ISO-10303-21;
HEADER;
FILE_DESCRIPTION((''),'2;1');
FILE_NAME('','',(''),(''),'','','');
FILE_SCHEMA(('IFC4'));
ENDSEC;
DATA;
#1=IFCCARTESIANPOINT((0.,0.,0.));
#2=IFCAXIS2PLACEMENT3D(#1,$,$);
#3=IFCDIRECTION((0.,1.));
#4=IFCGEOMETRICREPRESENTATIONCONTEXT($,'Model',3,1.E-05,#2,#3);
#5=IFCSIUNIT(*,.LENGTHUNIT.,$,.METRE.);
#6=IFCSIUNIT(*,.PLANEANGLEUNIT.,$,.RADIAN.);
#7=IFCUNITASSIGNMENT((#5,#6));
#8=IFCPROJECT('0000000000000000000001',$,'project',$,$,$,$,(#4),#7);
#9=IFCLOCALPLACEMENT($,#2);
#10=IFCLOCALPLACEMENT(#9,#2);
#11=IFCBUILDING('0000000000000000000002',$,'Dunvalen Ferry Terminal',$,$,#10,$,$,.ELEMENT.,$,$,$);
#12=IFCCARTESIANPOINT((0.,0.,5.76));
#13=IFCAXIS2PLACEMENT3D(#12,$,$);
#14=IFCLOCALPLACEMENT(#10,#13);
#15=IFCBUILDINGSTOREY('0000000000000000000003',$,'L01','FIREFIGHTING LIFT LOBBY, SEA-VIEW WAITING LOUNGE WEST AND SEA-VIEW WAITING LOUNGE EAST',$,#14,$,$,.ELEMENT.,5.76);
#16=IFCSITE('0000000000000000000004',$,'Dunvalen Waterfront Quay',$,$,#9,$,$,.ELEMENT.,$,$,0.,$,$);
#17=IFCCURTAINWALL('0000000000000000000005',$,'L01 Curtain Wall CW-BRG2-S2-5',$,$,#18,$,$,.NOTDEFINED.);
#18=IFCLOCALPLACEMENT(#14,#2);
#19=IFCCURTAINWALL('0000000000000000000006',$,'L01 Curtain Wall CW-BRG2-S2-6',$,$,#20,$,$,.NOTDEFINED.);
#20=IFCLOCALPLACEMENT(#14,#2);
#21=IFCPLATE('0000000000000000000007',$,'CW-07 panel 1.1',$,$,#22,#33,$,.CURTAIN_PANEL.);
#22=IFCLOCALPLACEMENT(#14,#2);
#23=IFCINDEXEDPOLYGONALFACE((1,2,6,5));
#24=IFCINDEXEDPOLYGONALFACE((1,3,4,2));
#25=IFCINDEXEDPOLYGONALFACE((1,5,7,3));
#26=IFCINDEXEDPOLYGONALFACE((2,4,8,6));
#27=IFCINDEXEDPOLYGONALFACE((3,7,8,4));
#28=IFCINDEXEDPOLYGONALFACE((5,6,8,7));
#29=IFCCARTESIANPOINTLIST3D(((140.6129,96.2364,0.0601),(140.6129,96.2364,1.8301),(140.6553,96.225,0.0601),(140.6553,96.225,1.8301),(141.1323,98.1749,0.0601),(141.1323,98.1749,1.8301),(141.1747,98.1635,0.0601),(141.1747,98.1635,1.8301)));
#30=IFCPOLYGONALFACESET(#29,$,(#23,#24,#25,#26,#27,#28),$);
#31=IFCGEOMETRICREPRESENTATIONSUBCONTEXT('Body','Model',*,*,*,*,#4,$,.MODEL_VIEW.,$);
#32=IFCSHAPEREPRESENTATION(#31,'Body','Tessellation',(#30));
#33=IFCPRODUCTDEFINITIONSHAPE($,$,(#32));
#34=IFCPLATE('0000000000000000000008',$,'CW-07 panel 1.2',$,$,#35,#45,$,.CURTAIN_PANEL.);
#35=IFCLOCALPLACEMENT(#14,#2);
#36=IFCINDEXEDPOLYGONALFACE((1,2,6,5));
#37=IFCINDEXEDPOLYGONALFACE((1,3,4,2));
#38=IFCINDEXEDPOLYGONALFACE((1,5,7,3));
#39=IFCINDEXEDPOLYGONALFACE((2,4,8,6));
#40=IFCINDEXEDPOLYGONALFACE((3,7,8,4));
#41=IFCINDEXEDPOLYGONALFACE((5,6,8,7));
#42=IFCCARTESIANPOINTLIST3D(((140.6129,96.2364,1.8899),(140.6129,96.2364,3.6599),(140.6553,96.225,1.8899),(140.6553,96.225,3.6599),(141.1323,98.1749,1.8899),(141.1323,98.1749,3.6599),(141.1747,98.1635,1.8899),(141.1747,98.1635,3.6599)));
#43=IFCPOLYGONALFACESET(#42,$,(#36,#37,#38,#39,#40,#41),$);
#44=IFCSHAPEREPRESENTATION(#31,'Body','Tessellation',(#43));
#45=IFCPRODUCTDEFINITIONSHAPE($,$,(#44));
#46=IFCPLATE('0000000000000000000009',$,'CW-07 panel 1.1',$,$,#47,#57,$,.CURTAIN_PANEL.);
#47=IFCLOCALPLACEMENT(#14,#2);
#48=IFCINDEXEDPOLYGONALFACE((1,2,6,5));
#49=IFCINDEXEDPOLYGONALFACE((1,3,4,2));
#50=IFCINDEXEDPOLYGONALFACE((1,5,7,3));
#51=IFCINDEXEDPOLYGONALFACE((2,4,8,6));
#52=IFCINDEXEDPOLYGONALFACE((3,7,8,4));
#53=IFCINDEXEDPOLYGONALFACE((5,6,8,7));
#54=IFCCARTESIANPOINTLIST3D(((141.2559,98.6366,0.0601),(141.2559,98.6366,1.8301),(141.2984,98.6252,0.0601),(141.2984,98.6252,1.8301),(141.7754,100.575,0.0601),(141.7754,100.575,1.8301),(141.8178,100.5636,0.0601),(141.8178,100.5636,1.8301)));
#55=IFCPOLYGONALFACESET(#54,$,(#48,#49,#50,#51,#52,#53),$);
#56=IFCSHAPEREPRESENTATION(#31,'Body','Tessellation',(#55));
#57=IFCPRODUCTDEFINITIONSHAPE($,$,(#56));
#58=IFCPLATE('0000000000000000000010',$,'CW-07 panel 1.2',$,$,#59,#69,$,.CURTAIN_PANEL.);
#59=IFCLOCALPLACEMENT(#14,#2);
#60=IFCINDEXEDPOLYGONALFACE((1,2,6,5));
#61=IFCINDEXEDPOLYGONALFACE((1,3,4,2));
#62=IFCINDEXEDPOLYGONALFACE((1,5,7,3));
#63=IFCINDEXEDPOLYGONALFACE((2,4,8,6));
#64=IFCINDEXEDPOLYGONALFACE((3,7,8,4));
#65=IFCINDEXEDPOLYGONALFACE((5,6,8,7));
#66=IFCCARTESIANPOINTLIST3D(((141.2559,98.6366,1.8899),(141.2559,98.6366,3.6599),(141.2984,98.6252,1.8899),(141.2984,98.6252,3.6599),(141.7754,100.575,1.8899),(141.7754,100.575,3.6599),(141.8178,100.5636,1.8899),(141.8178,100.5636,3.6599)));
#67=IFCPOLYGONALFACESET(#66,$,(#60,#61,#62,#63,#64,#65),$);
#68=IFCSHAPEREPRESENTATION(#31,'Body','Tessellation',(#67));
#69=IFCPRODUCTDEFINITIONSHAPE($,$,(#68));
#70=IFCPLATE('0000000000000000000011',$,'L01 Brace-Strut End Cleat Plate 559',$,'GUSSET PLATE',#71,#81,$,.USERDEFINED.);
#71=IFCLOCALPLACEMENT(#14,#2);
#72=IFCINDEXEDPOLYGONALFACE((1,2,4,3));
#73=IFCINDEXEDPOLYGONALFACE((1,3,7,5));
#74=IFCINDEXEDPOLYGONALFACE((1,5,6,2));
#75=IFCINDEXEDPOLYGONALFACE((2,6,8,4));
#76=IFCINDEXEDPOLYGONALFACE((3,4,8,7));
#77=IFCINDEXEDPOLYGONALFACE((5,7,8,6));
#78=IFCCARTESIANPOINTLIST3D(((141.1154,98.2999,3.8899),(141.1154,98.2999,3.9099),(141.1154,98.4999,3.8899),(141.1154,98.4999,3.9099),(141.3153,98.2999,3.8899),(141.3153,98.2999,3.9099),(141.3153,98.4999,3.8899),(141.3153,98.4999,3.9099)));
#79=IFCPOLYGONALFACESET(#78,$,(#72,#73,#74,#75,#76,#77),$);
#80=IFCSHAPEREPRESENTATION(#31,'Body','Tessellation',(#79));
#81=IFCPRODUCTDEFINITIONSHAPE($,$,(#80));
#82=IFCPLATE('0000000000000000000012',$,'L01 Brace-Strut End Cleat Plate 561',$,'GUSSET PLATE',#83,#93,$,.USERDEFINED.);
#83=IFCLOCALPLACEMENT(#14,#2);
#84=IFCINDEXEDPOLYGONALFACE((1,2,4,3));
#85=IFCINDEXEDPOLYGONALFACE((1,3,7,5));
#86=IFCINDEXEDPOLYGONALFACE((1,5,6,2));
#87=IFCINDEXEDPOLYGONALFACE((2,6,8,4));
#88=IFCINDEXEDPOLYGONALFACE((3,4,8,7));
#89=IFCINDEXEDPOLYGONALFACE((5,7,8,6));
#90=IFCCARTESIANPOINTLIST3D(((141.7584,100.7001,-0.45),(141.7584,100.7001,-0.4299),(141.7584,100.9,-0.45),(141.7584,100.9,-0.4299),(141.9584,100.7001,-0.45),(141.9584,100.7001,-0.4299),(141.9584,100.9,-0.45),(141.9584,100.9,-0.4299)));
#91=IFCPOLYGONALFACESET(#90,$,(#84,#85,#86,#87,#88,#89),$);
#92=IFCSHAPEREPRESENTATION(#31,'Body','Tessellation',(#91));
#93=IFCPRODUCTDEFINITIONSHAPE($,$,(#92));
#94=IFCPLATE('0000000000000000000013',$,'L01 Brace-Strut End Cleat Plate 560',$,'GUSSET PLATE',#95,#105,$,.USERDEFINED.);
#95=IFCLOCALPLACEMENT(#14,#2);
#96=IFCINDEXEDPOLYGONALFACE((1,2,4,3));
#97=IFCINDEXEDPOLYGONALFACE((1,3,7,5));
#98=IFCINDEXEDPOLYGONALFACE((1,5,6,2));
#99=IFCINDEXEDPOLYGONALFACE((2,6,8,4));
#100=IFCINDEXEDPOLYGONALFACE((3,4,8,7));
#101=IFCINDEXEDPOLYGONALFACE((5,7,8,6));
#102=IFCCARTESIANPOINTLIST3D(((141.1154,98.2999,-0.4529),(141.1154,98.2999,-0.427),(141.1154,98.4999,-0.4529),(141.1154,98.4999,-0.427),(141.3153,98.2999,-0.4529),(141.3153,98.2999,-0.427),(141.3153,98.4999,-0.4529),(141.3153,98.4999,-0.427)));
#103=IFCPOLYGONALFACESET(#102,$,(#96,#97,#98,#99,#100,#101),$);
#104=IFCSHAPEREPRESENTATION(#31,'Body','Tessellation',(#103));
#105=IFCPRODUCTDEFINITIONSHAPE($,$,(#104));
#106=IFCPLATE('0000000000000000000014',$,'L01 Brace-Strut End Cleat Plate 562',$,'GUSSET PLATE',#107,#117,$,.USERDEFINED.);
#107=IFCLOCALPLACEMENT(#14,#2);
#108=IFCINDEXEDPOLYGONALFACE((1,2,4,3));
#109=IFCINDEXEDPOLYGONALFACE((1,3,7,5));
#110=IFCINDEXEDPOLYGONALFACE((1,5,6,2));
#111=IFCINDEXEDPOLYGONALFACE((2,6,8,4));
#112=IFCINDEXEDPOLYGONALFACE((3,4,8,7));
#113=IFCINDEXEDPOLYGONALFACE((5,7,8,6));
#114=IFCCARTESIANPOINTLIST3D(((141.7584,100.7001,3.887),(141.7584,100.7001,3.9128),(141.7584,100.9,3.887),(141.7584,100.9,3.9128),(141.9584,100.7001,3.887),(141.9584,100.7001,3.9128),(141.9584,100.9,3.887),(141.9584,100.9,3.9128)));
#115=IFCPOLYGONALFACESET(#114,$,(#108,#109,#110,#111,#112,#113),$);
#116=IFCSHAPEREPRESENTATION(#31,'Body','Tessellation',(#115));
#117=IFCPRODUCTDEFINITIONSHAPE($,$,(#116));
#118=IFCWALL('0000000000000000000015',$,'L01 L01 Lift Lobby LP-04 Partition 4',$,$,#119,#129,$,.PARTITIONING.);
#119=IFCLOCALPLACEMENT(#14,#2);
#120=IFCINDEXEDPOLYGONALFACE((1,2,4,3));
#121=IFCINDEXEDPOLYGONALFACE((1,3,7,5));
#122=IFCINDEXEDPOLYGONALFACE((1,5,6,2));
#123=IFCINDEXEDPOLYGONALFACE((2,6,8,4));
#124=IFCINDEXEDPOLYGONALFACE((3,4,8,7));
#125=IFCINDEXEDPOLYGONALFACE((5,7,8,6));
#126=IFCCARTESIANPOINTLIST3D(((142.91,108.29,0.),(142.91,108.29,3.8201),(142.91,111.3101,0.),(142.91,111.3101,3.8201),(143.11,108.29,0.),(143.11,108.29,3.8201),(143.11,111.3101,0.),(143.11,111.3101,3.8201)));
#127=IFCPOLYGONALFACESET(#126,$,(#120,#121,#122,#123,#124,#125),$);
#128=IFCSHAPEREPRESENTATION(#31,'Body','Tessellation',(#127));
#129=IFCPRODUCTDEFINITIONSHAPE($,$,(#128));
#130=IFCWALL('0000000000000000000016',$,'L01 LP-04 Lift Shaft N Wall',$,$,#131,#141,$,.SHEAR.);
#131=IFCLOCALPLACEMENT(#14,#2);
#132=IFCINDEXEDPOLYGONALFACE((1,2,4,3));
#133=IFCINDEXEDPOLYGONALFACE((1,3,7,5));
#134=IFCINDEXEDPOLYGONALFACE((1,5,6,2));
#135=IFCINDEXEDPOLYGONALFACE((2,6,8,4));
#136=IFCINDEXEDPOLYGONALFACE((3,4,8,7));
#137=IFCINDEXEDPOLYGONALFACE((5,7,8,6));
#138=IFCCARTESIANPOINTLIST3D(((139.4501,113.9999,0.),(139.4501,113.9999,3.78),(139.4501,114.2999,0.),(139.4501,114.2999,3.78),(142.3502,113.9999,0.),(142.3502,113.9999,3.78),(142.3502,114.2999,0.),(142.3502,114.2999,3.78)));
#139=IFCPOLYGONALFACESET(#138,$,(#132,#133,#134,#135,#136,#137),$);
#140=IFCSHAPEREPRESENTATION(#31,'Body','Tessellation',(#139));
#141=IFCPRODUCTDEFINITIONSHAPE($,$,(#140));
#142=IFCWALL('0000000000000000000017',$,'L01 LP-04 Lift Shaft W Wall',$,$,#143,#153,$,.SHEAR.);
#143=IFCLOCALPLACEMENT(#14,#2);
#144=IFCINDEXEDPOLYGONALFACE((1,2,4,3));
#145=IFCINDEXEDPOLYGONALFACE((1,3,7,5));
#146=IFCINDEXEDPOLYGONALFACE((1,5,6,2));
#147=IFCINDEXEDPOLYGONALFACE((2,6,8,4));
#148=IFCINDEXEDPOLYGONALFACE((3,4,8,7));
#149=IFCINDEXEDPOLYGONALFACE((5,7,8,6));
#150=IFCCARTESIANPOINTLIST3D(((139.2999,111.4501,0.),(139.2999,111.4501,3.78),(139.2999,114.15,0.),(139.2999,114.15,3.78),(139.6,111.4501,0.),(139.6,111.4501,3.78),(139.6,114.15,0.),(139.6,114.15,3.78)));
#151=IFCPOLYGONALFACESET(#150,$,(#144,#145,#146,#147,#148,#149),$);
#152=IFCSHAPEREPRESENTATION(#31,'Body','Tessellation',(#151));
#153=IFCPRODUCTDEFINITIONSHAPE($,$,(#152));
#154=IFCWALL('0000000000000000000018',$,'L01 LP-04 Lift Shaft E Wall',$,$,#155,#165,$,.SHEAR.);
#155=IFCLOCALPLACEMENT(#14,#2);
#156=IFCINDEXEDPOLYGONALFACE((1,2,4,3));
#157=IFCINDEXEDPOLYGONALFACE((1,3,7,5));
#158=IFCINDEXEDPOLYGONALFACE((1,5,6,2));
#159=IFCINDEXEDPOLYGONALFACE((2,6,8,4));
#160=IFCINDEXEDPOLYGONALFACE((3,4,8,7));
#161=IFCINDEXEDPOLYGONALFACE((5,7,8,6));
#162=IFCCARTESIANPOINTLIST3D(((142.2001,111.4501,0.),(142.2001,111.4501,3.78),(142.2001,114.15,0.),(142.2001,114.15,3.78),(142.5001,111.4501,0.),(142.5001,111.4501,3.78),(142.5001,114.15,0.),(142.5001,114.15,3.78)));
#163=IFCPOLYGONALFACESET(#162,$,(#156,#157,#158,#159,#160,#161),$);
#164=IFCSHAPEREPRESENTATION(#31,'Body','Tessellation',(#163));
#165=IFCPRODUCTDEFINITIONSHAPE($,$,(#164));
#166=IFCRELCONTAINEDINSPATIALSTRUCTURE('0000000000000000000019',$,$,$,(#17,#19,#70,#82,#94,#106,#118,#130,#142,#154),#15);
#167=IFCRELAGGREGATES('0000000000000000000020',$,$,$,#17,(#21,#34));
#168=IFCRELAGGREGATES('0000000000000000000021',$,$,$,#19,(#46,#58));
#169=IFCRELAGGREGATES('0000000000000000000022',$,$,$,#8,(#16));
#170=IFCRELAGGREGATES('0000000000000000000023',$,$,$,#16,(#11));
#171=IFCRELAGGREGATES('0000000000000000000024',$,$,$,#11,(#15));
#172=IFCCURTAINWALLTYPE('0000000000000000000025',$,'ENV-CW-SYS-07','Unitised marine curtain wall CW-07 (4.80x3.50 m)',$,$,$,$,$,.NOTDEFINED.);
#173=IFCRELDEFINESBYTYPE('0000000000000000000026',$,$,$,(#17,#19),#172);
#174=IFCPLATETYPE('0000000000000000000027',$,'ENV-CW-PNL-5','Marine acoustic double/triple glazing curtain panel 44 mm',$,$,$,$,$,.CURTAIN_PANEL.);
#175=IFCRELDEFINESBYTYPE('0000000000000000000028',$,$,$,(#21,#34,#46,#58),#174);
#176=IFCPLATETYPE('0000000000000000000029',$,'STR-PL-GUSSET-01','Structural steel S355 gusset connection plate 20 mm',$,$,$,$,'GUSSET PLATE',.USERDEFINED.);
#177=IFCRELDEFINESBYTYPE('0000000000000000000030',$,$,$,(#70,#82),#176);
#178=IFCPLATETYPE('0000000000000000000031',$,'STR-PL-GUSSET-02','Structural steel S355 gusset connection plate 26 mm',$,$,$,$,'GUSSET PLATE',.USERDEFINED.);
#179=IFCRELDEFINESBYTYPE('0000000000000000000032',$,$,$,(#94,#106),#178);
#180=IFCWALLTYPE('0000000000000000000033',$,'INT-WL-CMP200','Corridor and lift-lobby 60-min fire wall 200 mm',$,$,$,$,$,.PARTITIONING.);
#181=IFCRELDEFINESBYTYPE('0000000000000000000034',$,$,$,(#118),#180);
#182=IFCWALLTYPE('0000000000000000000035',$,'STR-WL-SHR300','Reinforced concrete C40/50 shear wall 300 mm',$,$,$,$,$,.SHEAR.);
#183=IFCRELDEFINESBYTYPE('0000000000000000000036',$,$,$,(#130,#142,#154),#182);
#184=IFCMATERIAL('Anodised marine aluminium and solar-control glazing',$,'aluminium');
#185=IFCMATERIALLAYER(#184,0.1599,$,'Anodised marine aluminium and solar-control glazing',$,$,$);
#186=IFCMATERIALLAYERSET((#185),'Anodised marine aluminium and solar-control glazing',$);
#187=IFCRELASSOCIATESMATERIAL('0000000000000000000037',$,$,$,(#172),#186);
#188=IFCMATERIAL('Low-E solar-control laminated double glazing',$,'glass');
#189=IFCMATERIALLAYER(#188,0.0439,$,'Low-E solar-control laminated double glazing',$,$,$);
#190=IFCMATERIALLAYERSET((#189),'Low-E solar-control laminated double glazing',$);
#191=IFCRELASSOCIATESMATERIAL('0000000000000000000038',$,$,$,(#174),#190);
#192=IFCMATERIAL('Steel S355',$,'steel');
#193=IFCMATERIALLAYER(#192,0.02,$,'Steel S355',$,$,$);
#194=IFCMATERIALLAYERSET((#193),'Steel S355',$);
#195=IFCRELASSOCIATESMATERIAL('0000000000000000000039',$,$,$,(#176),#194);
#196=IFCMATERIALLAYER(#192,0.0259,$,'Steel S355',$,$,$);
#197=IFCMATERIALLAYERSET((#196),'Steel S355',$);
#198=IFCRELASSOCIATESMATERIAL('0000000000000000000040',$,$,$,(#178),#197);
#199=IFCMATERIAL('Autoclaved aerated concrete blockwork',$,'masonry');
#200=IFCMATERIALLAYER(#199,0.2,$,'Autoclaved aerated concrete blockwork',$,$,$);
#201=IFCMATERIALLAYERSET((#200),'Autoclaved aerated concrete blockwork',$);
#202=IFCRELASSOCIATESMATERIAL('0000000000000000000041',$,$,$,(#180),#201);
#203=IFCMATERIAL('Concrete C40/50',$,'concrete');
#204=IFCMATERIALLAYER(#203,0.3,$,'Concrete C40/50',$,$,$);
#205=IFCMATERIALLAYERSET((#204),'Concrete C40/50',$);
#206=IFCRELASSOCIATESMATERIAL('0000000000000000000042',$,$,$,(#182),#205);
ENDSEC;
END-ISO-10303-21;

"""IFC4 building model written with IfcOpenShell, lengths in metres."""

from ifc_helpers import new_model, si_unit, direction, frame, frame_2d, origin, origin_2d, place, context, subcontext, project, spatial, rectangle, extrude, material, layer, layer_set, type_object, element, aggregate, save


model = new_model("IFC4")

# Units and contexts
model_context = context("Model", 3, precision=1e-05, world=origin(), true_north=direction((0.0, 1.0)))
body_context = subcontext(model_context, "Body", "Model", "MODEL_VIEW")
ifc_project = project(units=[si_unit("LENGTHUNIT", "METRE"), si_unit("PLANEANGLEUNIT", "RADIAN")], contexts=[model_context])

# Site, building, storey
site_placement = place(None, origin())
site = spatial("IfcSite", under=ifc_project, at=site_placement, Name="Dunvalen Waterfront Quay", CompositionType="ELEMENT", RefElevation=0.0)
building_placement = place(site_placement, origin())
building = spatial("IfcBuilding", under=site, at=building_placement, Name="Dunvalen Ferry Terminal", CompositionType="ELEMENT")
storey_placement = place(building_placement, frame((0.0, 0.0, 5.76)))
storey = spatial("IfcBuildingStorey", under=building, at=storey_placement, Name="L01", Description="FIREFIGHTING LIFT LOBBY, SEA-VIEW WAITING LOUNGE WEST AND SEA-VIEW WAITING LOUNGE EAST", CompositionType="ELEMENT", Elevation=5.76)

# Curtain walls
ifc_material_1 = material(Name="Anodised marine aluminium and solar-control glazing", Category="aluminium")
ifc_layer_1 = layer(ifc_material_1, 0.1599, Name="Anodised marine aluminium and solar-control glazing")
ifc_layer_set_1 = layer_set([ifc_layer_1], Name="Anodised marine aluminium and solar-control glazing")
curtain_wall_type_1 = type_object("IfcCurtainWallType", Name="ENV-CW-SYS-07", Description="Unitised marine curtain wall CW-07 (4.80x3.50 m)", PredefinedType="NOTDEFINED", material=ifc_layer_set_1)
curtain_wall_1_placement = place(storey_placement, origin())
curtain_wall_1 = element("IfcCurtainWall", 1, at=curtain_wall_1_placement, inside=storey, type_object=curtain_wall_type_1, Name="L01 Curtain Wall CW-BRG2-S2-5", PredefinedType="NOTDEFINED")
curtain_wall_2_placement = place(storey_placement, origin())
curtain_wall_2 = element("IfcCurtainWall", 2, at=curtain_wall_2_placement, inside=storey, type_object=curtain_wall_type_1, Name="L01 Curtain Wall CW-BRG2-S2-6", PredefinedType="NOTDEFINED")

# Shared definitions
ifc_material_2 = material(Name="Concrete C40/50", Category="concrete")

# Shared definitions
ifc_material_3 = material(Name="Steel S355", Category="steel")

# Plates
ifc_material_4 = material(Name="Low-E solar-control laminated double glazing", Category="glass")
ifc_layer_2 = layer(ifc_material_4, 0.0439, Name="Low-E solar-control laminated double glazing")
ifc_layer_set_2 = layer_set([ifc_layer_2], Name="Low-E solar-control laminated double glazing")
plate_type_1 = type_object("IfcPlateType", Name="ENV-CW-PNL-5", Description="Marine acoustic double/triple glazing curtain panel 44 mm", PredefinedType="CURTAIN_PANEL", material=ifc_layer_set_2)
plate_1_placement = place(storey_placement, frame((140.8938, 97.2, 0.0601), z_axis=(0.0, 0.0, 1.0), x_axis=(0.25883, 0.965923, 0.0)))
plate_1 = element("IfcPlate", 3, at=plate_1_placement, type_object=plate_type_1, Name="CW-07 panel 1.1", PredefinedType="CURTAIN_PANEL", context=body_context, shape_type="SweptSolid", body=[
    extrude(rectangle(XDim=2.0068, YDim=0.0439, at=origin_2d()), origin(), (0.0, 0.0, 1.0), 1.77),
])
plate_2_placement = place(storey_placement, frame((140.8938, 97.2, 1.8899), z_axis=(0.0, 0.0, 1.0), x_axis=(0.25883, 0.965923, 0.0)))
plate_2 = element("IfcPlate", 4, at=plate_2_placement, type_object=plate_type_1, Name="CW-07 panel 1.2", PredefinedType="CURTAIN_PANEL", context=body_context, shape_type="SweptSolid", body=[
    extrude(rectangle(XDim=2.0068, YDim=0.0439, at=origin_2d()), origin(), (0.0, 0.0, 1.0), 1.77),
])
aggregate(curtain_wall_1, [plate_1, plate_2])
plate_3_placement = place(storey_placement, frame((141.5369, 99.6001, 0.0601), z_axis=(0.0, 0.0, 1.0), x_axis=(0.25883, 0.965923, 0.0)))
plate_3 = element("IfcPlate", 5, at=plate_3_placement, type_object=plate_type_1, Name="CW-07 panel 1.1", PredefinedType="CURTAIN_PANEL", context=body_context, shape_type="SweptSolid", body=[
    extrude(rectangle(XDim=2.0068, YDim=0.0439, at=origin_2d()), origin(), (0.0, 0.0, 1.0), 1.77),
])
plate_4_placement = place(storey_placement, frame((141.5369, 99.6001, 1.8899), z_axis=(0.0, 0.0, 1.0), x_axis=(0.25883, 0.965923, 0.0)))
plate_4 = element("IfcPlate", 6, at=plate_4_placement, type_object=plate_type_1, Name="CW-07 panel 1.2", PredefinedType="CURTAIN_PANEL", context=body_context, shape_type="SweptSolid", body=[
    extrude(rectangle(XDim=2.0068, YDim=0.0439, at=origin_2d()), origin(), (0.0, 0.0, 1.0), 1.77),
])
aggregate(curtain_wall_2, [plate_3, plate_4])

# Plates
ifc_layer_3 = layer(ifc_material_3, 0.02, Name="Steel S355")
ifc_layer_set_3 = layer_set([ifc_layer_3], Name="Steel S355")
plate_type_2 = type_object("IfcPlateType", Name="STR-PL-GUSSET-01", Description="Structural steel S355 gusset connection plate 20 mm", ElementType="GUSSET PLATE", PredefinedType="USERDEFINED", material=ifc_layer_set_3)
for number, where, z_axis, x_axis, name in (
    (7, (141.2153, 98.3999, 3.8899), (0.0, 0.0, 1.0), (1.0, 0.0, 0.0), "L01 Brace-Strut End Cleat Plate 559"),
    (8, (141.8584, 100.8, -0.45), (0.0, 0.0, 1.0), (1.0, 0.0, 0.0), "L01 Brace-Strut End Cleat Plate 561"),
):
    element("IfcPlate", number, at=place(storey_placement, frame(where, z_axis=z_axis, x_axis=x_axis)), inside=storey, type_object=plate_type_2, Name=name, ObjectType="GUSSET PLATE", PredefinedType="USERDEFINED", context=body_context, shape_type="SweptSolid", body=[
        extrude(rectangle(XDim=0.2, YDim=0.2, at=origin_2d()), origin(), (0.0, 0.0, 1.0), 0.02),
    ])
ifc_layer_4 = layer(ifc_material_3, 0.0259, Name="Steel S355")
ifc_layer_set_4 = layer_set([ifc_layer_4], Name="Steel S355")
plate_type_3 = type_object("IfcPlateType", Name="STR-PL-GUSSET-02", Description="Structural steel S355 gusset connection plate 26 mm", ElementType="GUSSET PLATE", PredefinedType="USERDEFINED", material=ifc_layer_set_4)
for number, where, z_axis, x_axis, name in (
    (9, (141.2153, 98.3999, -0.4529), (0.0, 0.0, 1.0), (1.0, 0.0, 0.0), "L01 Brace-Strut End Cleat Plate 560"),
    (10, (141.8584, 100.8, 3.887), (0.0, 0.0, 1.0), (1.0, 0.0, 0.0), "L01 Brace-Strut End Cleat Plate 562"),
):
    element("IfcPlate", number, at=place(storey_placement, frame(where, z_axis=z_axis, x_axis=x_axis)), inside=storey, type_object=plate_type_3, Name=name, ObjectType="GUSSET PLATE", PredefinedType="USERDEFINED", context=body_context, shape_type="SweptSolid", body=[
        extrude(rectangle(XDim=0.2, YDim=0.2, at=origin_2d()), origin(), (0.0, 0.0, 1.0), 0.0259),
    ])

# Walls
ifc_material_5 = material(Name="Autoclaved aerated concrete blockwork", Category="masonry")
ifc_layer_5 = layer(ifc_material_5, 0.2, Name="Autoclaved aerated concrete blockwork")
ifc_layer_set_5 = layer_set([ifc_layer_5], Name="Autoclaved aerated concrete blockwork")
wall_type_1 = type_object("IfcWallType", Name="INT-WL-CMP200", Description="Corridor and lift-lobby 60-min fire wall 200 mm", PredefinedType="PARTITIONING", material=ifc_layer_set_5)
wall_1_placement = place(storey_placement, frame((143.01, 108.29, 0.0), z_axis=(0.0, 0.0, 1.0), x_axis=(0.0, 1.0, 0.0)))
element("IfcWall", 11, at=wall_1_placement, inside=storey, type_object=wall_type_1, Name="L01 L01 Lift Lobby LP-04 Partition 4", PredefinedType="PARTITIONING", context=body_context, shape_type="SweptSolid", body=[
    extrude(rectangle(XDim=3.02, YDim=0.2, at=frame_2d((1.51, 0.0))), origin(), (0.0, 0.0, 1.0), 3.8201),
])
ifc_layer_6 = layer(ifc_material_2, 0.3, Name="Concrete C40/50")
ifc_layer_set_6 = layer_set([ifc_layer_6], Name="Concrete C40/50")
wall_type_2 = type_object("IfcWallType", Name="STR-WL-SHR300", Description="Reinforced concrete C40/50 shear wall 300 mm", PredefinedType="SHEAR", material=ifc_layer_set_6)
wall_2_placement = place(storey_placement, frame((139.45, 114.1499, 0.0), z_axis=(0.0, 0.0, 1.0), x_axis=(1.0, 0.0, 0.0)))
element("IfcWall", 12, at=wall_2_placement, inside=storey, type_object=wall_type_2, Name="L01 LP-04 Lift Shaft N Wall", PredefinedType="SHEAR", context=body_context, shape_type="SweptSolid", body=[
    extrude(rectangle(XDim=2.9001, YDim=0.3, at=frame_2d((1.4502, 0.0))), origin(), (0.0, 0.0, 1.0), 3.78),
])
for number, where, z_axis, x_axis, name in (
    (13, (139.45, 111.45, 0.0), (0.0, 0.0, 1.0), (0.0, 1.0, 0.0), "L01 LP-04 Lift Shaft W Wall"),
    (14, (142.3501, 111.45, 0.0), (0.0, 0.0, 1.0), (0.0, 1.0, 0.0), "L01 LP-04 Lift Shaft E Wall"),
):
    element("IfcWall", number, at=place(storey_placement, frame(where, z_axis=z_axis, x_axis=x_axis)), inside=storey, type_object=wall_type_2, Name=name, PredefinedType="SHEAR", context=body_context, shape_type="SweptSolid", body=[
        extrude(rectangle(XDim=2.7, YDim=0.3, at=frame_2d((1.3501, 0.0))), origin(), (0.0, 0.0, 1.0), 3.78),
    ])

save(model, "model.ifc")
